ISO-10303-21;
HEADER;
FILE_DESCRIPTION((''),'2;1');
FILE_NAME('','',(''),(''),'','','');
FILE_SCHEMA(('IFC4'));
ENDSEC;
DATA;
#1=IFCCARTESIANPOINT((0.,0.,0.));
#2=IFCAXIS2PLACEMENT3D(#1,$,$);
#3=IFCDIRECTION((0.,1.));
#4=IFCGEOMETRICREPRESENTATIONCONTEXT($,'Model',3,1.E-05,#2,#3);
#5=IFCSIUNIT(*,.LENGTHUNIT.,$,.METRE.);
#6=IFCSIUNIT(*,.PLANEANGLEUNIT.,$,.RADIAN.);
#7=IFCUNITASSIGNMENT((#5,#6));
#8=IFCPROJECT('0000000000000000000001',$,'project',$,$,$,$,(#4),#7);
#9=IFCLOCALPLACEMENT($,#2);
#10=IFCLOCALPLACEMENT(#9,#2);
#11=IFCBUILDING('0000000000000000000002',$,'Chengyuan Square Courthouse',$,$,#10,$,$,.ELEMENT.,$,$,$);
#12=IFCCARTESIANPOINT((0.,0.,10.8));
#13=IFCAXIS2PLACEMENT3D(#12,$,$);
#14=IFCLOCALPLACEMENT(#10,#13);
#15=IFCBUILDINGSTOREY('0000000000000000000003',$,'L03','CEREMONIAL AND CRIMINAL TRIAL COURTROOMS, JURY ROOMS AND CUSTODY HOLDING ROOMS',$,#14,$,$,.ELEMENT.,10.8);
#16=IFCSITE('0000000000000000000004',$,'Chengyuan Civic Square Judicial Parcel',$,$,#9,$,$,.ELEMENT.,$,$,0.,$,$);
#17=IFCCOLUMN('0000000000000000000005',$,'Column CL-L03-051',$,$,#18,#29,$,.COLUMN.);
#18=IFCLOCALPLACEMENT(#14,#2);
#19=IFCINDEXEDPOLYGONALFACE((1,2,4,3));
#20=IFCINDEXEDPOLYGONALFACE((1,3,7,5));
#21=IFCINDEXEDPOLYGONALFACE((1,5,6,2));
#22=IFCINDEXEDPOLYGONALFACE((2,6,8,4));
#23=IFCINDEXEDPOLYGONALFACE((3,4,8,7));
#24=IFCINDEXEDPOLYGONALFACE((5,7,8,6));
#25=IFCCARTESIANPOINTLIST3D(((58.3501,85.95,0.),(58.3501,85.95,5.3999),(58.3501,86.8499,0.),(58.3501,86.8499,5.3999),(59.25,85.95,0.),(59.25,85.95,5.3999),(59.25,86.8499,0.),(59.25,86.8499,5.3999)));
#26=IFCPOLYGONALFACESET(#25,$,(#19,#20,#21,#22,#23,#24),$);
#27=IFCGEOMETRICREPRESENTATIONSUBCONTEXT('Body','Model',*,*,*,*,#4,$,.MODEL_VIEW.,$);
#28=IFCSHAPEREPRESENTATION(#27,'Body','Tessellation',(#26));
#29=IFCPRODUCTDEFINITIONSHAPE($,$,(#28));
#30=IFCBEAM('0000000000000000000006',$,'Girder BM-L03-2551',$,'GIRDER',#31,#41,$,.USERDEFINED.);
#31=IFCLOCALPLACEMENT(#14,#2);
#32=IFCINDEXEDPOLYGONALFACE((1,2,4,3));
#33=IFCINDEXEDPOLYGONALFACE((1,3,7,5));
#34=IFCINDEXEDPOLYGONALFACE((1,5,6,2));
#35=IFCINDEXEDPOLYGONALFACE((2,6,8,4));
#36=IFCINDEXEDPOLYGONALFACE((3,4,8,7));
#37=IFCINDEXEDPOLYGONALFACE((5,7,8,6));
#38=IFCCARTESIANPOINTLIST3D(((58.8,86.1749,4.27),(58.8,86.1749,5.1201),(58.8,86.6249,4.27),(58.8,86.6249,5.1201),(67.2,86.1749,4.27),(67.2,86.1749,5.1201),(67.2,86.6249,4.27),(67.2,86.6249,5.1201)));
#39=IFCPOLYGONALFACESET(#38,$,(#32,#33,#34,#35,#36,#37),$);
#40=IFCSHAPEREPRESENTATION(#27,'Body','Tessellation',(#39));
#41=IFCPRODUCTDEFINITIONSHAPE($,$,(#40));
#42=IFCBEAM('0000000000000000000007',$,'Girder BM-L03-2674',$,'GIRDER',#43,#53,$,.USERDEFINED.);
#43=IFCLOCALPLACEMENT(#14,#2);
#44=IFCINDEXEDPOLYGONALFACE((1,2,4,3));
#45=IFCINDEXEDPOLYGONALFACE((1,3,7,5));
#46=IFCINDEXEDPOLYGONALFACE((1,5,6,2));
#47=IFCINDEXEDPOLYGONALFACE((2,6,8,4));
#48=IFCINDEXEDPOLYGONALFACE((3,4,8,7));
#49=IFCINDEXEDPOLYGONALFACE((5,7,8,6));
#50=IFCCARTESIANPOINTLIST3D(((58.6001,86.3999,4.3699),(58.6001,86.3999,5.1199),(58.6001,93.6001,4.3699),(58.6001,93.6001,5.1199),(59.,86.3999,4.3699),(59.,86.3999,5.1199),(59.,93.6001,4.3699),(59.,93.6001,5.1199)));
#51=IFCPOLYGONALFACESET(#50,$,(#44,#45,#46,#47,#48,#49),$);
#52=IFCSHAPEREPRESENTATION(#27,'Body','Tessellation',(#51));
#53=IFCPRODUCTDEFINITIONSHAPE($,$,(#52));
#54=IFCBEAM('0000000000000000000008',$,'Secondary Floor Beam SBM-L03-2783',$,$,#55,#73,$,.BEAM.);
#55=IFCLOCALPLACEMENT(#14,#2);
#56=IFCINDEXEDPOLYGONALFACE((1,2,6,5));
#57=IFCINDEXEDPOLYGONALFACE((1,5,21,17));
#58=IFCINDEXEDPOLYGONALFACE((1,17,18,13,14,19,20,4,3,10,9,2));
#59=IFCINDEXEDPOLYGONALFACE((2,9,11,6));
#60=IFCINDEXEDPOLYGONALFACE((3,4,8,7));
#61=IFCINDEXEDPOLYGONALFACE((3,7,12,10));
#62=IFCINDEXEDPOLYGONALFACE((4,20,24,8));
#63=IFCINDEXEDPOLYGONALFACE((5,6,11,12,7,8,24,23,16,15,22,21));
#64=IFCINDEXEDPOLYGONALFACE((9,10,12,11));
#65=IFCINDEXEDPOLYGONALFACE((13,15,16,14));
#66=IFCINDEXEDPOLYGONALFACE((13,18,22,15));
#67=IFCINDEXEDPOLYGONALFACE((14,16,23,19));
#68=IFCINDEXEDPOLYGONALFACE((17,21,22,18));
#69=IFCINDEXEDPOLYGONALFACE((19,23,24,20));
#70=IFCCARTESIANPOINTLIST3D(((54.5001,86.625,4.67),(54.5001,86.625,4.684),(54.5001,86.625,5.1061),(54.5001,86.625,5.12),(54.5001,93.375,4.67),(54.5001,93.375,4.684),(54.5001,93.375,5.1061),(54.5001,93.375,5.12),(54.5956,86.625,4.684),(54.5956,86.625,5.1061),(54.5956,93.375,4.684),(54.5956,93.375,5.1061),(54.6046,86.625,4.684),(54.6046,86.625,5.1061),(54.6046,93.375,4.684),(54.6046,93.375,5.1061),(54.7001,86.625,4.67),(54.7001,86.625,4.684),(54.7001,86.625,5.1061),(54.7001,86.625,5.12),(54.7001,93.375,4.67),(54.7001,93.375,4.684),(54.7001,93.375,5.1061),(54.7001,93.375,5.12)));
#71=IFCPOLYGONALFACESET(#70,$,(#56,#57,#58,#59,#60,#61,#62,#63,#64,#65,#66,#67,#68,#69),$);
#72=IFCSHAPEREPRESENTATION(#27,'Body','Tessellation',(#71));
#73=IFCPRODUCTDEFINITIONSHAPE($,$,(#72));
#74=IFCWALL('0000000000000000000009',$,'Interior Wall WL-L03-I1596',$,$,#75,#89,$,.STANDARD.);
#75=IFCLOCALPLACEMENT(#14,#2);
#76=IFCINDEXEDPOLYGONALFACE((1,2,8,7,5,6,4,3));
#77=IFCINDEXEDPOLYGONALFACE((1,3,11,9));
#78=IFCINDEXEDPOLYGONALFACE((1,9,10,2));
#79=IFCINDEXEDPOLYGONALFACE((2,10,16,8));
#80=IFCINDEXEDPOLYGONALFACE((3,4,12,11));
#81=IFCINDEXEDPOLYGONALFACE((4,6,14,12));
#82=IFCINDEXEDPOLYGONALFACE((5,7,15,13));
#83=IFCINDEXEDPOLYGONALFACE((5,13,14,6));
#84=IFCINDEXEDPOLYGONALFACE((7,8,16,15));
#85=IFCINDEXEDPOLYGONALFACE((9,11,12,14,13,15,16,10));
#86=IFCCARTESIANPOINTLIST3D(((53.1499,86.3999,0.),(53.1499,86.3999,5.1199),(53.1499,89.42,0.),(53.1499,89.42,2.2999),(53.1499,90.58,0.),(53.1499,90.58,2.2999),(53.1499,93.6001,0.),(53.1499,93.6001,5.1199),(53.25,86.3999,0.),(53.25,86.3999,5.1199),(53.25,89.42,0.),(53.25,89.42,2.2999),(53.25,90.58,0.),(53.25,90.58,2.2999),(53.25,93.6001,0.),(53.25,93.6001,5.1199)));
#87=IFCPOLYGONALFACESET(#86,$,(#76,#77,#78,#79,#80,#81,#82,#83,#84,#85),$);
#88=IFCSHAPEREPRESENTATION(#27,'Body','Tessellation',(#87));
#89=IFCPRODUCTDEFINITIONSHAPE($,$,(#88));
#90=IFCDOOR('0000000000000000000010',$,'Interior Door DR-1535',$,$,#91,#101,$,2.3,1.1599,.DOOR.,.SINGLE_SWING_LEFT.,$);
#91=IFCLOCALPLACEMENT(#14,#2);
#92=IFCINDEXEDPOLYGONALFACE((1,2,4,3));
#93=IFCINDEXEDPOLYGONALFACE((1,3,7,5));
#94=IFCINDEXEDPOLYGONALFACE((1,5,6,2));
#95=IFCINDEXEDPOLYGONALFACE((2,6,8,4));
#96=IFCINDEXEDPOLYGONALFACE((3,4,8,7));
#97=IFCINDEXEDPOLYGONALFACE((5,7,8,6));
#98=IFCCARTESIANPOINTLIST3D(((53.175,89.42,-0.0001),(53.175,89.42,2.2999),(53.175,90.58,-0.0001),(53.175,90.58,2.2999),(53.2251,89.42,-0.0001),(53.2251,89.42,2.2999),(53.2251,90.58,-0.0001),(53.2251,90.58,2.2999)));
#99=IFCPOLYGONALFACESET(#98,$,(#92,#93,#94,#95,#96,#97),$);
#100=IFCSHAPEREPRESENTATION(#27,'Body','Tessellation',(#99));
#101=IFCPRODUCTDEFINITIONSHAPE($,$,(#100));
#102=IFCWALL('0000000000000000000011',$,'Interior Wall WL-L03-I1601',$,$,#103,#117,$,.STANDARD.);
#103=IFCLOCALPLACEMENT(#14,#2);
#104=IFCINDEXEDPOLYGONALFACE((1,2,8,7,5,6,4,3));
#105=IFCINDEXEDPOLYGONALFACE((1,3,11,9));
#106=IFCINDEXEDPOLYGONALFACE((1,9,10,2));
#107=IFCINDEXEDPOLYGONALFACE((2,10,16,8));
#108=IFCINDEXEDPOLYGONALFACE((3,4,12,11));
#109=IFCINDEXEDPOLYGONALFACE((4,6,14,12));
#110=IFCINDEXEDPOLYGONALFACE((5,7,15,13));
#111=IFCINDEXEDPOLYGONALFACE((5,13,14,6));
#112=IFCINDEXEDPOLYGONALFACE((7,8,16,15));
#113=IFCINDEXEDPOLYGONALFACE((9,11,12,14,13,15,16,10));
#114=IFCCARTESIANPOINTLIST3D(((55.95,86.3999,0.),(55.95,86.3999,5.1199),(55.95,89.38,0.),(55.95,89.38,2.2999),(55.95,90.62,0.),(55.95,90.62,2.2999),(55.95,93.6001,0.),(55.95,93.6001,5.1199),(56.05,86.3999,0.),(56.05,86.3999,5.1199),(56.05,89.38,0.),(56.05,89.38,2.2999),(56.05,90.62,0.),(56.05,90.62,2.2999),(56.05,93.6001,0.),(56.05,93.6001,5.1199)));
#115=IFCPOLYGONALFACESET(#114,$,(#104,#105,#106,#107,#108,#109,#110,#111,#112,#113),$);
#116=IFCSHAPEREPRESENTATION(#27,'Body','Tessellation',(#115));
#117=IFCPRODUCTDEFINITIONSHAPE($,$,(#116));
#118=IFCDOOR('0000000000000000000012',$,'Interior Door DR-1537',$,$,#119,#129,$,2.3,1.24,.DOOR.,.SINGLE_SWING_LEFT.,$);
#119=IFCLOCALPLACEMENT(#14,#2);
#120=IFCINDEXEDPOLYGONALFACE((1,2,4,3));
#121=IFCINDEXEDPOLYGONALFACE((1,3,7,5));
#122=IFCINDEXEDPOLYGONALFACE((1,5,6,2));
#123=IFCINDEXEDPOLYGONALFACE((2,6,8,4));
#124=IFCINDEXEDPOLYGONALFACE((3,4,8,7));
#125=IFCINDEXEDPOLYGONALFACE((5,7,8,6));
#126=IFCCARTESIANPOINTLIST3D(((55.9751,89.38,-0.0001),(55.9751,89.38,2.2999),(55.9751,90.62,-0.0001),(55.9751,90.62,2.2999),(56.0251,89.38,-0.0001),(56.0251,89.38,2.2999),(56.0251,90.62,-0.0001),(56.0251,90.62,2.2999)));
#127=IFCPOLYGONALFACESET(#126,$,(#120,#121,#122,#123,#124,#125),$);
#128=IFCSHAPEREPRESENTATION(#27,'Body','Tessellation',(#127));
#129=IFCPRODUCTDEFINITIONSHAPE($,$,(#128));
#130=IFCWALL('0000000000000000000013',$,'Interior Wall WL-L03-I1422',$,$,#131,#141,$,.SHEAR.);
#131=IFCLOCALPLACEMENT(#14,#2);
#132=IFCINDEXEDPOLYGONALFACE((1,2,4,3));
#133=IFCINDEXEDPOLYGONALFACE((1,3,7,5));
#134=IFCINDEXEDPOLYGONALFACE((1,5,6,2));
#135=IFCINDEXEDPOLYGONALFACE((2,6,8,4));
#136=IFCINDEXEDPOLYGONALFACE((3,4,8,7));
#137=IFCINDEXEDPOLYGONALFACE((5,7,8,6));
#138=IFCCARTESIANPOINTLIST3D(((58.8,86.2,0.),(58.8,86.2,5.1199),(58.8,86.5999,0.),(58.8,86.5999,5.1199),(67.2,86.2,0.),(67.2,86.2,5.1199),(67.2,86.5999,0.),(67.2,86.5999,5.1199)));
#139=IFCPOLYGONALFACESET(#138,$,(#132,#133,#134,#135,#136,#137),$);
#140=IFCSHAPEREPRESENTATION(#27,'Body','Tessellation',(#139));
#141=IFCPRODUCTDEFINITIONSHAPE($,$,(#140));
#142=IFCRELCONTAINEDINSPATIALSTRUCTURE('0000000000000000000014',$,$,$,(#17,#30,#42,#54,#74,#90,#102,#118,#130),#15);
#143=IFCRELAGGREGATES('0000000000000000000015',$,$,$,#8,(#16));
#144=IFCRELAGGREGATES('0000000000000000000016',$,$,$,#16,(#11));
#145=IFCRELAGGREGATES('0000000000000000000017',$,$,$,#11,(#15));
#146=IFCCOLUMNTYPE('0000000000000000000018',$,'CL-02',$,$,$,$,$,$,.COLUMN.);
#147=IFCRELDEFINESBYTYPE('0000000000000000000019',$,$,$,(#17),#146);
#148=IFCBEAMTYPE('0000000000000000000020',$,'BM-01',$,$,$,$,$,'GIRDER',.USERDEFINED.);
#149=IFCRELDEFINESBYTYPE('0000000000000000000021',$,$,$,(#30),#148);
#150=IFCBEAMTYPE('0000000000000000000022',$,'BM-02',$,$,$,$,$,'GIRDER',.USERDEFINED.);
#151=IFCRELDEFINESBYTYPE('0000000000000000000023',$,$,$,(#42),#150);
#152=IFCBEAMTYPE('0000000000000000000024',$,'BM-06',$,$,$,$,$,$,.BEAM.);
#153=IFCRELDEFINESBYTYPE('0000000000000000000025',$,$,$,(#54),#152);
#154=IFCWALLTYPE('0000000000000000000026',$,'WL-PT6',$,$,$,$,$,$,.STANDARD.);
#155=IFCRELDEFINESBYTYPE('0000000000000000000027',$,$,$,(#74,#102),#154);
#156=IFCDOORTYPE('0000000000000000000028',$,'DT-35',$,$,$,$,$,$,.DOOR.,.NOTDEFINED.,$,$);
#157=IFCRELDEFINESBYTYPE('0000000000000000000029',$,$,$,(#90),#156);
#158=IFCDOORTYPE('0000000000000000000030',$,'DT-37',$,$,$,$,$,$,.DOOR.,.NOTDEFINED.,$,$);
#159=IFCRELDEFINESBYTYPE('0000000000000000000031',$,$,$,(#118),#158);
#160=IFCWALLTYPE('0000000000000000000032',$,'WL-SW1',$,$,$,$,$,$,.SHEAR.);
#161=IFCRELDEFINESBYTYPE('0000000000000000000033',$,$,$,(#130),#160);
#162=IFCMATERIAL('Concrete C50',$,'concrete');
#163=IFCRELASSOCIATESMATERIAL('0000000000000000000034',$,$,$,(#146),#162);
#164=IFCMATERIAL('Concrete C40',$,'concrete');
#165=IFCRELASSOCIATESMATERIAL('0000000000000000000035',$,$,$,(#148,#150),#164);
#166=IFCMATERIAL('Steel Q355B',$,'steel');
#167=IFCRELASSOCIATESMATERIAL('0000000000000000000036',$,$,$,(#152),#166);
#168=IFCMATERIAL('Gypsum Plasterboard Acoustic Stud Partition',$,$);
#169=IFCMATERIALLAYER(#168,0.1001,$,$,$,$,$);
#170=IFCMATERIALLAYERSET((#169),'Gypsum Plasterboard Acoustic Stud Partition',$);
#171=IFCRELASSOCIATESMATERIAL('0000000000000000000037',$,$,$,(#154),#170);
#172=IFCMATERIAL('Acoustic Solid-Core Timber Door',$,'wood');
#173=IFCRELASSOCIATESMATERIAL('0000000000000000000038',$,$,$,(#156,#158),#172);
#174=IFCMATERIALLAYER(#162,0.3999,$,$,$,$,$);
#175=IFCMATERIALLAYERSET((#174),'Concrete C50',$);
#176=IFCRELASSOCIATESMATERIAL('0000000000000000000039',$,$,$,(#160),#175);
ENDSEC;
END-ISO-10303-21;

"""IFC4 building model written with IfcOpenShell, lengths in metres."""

from ifc_helpers import new_model, si_unit, direction, frame, frame_2d, origin, origin_2d, place, context, subcontext, project, spatial, rectangle, i_section, extrude, material, layer, layer_set, material_profile, profile_set, type_object, element, fill, save


model = new_model("IFC4")

# Units and contexts
model_context = context("Model", 3, precision=1e-05, world=origin(), true_north=direction((0.0, 1.0)))
body_context = subcontext(model_context, "Body", "Model", "MODEL_VIEW")
ifc_project = project(units=[si_unit("LENGTHUNIT", "METRE"), si_unit("PLANEANGLEUNIT", "RADIAN")], contexts=[model_context])

# Site, building, storey
site_placement = place(None, origin())
site = spatial("IfcSite", under=ifc_project, at=site_placement, Name="Chengyuan Civic Square Judicial Parcel", CompositionType="ELEMENT", RefElevation=0.0)
building_placement = place(site_placement, origin())
building = spatial("IfcBuilding", under=site, at=building_placement, Name="Chengyuan Square Courthouse", CompositionType="ELEMENT")
storey_placement = place(building_placement, frame((0.0, 0.0, 10.8)))
storey = spatial("IfcBuildingStorey", under=building, at=storey_placement, Name="L03", Description="CEREMONIAL AND CRIMINAL TRIAL COURTROOMS, JURY ROOMS AND CUSTODY HOLDING ROOMS", CompositionType="ELEMENT", Elevation=10.8)

# Column
ifc_material_1 = material(Name="Concrete C50", Category="concrete")
ifc_material_profile_1 = material_profile(ifc_material_1, rectangle(XDim=0.8999, YDim=0.8999, at=origin_2d()), Name="RC-COL-900x900")
ifc_profile_set_1 = profile_set([ifc_material_profile_1], Name="Concrete C50")
column_type = type_object("IfcColumnType", Name="CL-02", PredefinedType="COLUMN", material=ifc_profile_set_1)
column_placement = place(storey_placement, frame((58.8, 86.3999, 0.0), z_axis=(0.0, 0.0, 1.0), x_axis=(1.0, 0.0, 0.0)))
element("IfcColumn", 1, at=column_placement, inside=storey, type_object=column_type, Name="Column CL-L03-051", PredefinedType="COLUMN", context=body_context, shape_type="SweptSolid", body=[
    extrude(rectangle(XDim=0.8999, YDim=0.8999, at=origin_2d()), origin(), (0.0, 0.0, 1.0), 5.3999),
])

# Beams
ifc_material_2 = material(Name="Concrete C40", Category="concrete")
ifc_material_profile_2 = material_profile(ifc_material_2, rectangle(XDim=0.45, YDim=0.8501, at=origin_2d()), Name="RC-BM-450x850")
ifc_profile_set_2 = profile_set([ifc_material_profile_2], Name="Concrete C40")
beam_type_1 = type_object("IfcBeamType", Name="BM-01", ElementType="GIRDER", PredefinedType="USERDEFINED", material=ifc_profile_set_2)
beam_1_placement = place(storey_placement, frame((58.8, 86.3999, 4.6951), z_axis=(1.0, 0.0, 0.0), x_axis=(0.0, 1.0, 0.0)))
element("IfcBeam", 2, at=beam_1_placement, inside=storey, type_object=beam_type_1, Name="Girder BM-L03-2551", ObjectType="GIRDER", PredefinedType="USERDEFINED", context=body_context, shape_type="SweptSolid", body=[
    extrude(rectangle(XDim=0.45, YDim=0.8501, at=origin_2d()), origin(), (0.0, 0.0, 1.0), 8.3999),
])
ifc_material_profile_3 = material_profile(ifc_material_2, rectangle(XDim=0.3999, YDim=0.75, at=origin_2d()), Name="RC-BM-400x750")
ifc_profile_set_3 = profile_set([ifc_material_profile_3], Name="Concrete C40")
beam_type_2 = type_object("IfcBeamType", Name="BM-02", ElementType="GIRDER", PredefinedType="USERDEFINED", material=ifc_profile_set_3)
beam_2_placement = place(storey_placement, frame((58.8, 86.3999, 4.7449), z_axis=(0.0, 1.0, 0.0), x_axis=(-1.0, 0.0, 0.0)))
element("IfcBeam", 3, at=beam_2_placement, inside=storey, type_object=beam_type_2, Name="Girder BM-L03-2674", ObjectType="GIRDER", PredefinedType="USERDEFINED", context=body_context, shape_type="SweptSolid", body=[
    extrude(rectangle(XDim=0.3999, YDim=0.75, at=origin_2d()), origin(), (0.0, 0.0, 1.0), 7.2002),
])
ifc_material_3 = material(Name="Steel Q355B", Category="steel")
ifc_material_profile_4 = material_profile(ifc_material_3, i_section(OverallWidth=0.2, OverallDepth=0.45, WebThickness=0.009, FlangeThickness=0.0139, at=origin_2d()), Name="HN 450x200x9x14")
ifc_profile_set_4 = profile_set([ifc_material_profile_4], Name="Steel Q355B")
beam_type_3 = type_object("IfcBeamType", Name="BM-06", PredefinedType="BEAM", material=ifc_profile_set_4)
beam_3_placement = place(storey_placement, frame((54.6001, 86.625, 4.895), z_axis=(0.0, 1.0, 0.0), x_axis=(-1.0, 0.0, 0.0)))
element("IfcBeam", 4, at=beam_3_placement, inside=storey, type_object=beam_type_3, Name="Secondary Floor Beam SBM-L03-2783", PredefinedType="BEAM", context=body_context, shape_type="SweptSolid", body=[
    extrude(i_section(OverallWidth=0.2, OverallDepth=0.45, WebThickness=0.009, FlangeThickness=0.0139, at=origin_2d()), origin(), (0.0, 0.0, 1.0), 6.75),
])

# Walls, openings, doors
ifc_material_4 = material(Name="Gypsum Plasterboard Acoustic Stud Partition")
ifc_layer_1 = layer(ifc_material_4, 0.1001)
ifc_layer_set_1 = layer_set([ifc_layer_1], Name="Gypsum Plasterboard Acoustic Stud Partition")
wall_type_1 = type_object("IfcWallType", Name="WL-PT6", PredefinedType="STANDARD", material=ifc_layer_set_1)
wall_1_placement = place(storey_placement, frame((53.2, 86.3999, 0.0), z_axis=(0.0, 0.0, 1.0), x_axis=(0.0, 1.0, 0.0)))
wall_1 = element("IfcWall", 5, at=wall_1_placement, inside=storey, type_object=wall_type_1, Name="Interior Wall WL-L03-I1596", PredefinedType="STANDARD", context=body_context, shape_type="SweptSolid", body=[
    extrude(rectangle(XDim=7.2002, YDim=0.1001, at=frame_2d((3.6001, 0.0))), origin(), (0.0, 0.0, 1.0), 5.1199),
])
opening_1_placement = place(wall_1_placement, frame((3.02, 0.0, 0.0)))
opening_1 = element("IfcOpeningElement", 6, at=opening_1_placement, cuts=wall_1, PredefinedType="OPENING", context=body_context, shape_type="SweptSolid", body=[
    extrude(rectangle(XDim=1.1599, YDim=2.3, at=frame_2d((0.5801, 1.1499))), frame((0.0, 0.062, 0.0), z_axis=(0.0, -1.0, 0.0), x_axis=(1.0, 0.0, 0.0)), (0.0, 0.0, 1.0), 0.124),
])
ifc_material_5 = material(Name="Acoustic Solid-Core Timber Door", Category="wood")
door_type_1 = type_object("IfcDoorType", Name="DT-35", OperationType="NOTDEFINED", PredefinedType="DOOR", material=ifc_material_5)
door_1_placement = place(opening_1_placement, origin())
door_1 = element("IfcDoor", 7, at=door_1_placement, inside=storey, type_object=door_type_1, Name="Interior Door DR-1535", OperationType="SINGLE_SWING_LEFT", OverallHeight=2.3, OverallWidth=1.1599, PredefinedType="DOOR", context=body_context, shape_type="SweptSolid", body=[
    extrude(rectangle(XDim=1.1599, YDim=2.3, at=frame_2d((0.5801, 1.1499))), frame((0.0, 0.0249, 0.0), z_axis=(0.0, -1.0, 0.0), x_axis=(1.0, 0.0, 0.0)), (0.0, 0.0, 1.0), 0.05),
])
fill(opening_1, door_1)
wall_2_placement = place(storey_placement, frame((56.0, 86.3999, 0.0), z_axis=(0.0, 0.0, 1.0), x_axis=(0.0, 1.0, 0.0)))
wall_2 = element("IfcWall", 8, at=wall_2_placement, inside=storey, type_object=wall_type_1, Name="Interior Wall WL-L03-I1601", PredefinedType="STANDARD", context=body_context, shape_type="SweptSolid", body=[
    extrude(rectangle(XDim=7.2002, YDim=0.1001, at=frame_2d((3.6001, 0.0))), origin(), (0.0, 0.0, 1.0), 5.1199),
])
opening_2_placement = place(wall_2_placement, frame((2.98, 0.0, 0.0)))
opening_2 = element("IfcOpeningElement", 9, at=opening_2_placement, cuts=wall_2, PredefinedType="OPENING", context=body_context, shape_type="SweptSolid", body=[
    extrude(rectangle(XDim=1.24, YDim=2.3, at=frame_2d((0.6201, 1.1499))), frame((0.0, 0.062, 0.0), z_axis=(0.0, -1.0, 0.0), x_axis=(1.0, 0.0, 0.0)), (0.0, 0.0, 1.0), 0.124),
])
door_type_2 = type_object("IfcDoorType", Name="DT-37", OperationType="NOTDEFINED", PredefinedType="DOOR", material=ifc_material_5)
door_2_placement = place(opening_2_placement, origin())
door_2 = element("IfcDoor", 10, at=door_2_placement, inside=storey, type_object=door_type_2, Name="Interior Door DR-1537", OperationType="SINGLE_SWING_LEFT", OverallHeight=2.3, OverallWidth=1.24, PredefinedType="DOOR", context=body_context, shape_type="SweptSolid", body=[
    extrude(rectangle(XDim=1.24, YDim=2.3, at=frame_2d((0.6201, 1.1499))), frame((0.0, 0.0249, 0.0), z_axis=(0.0, -1.0, 0.0), x_axis=(1.0, 0.0, 0.0)), (0.0, 0.0, 1.0), 0.05),
])
fill(opening_2, door_2)

# Wall
ifc_layer_2 = layer(ifc_material_1, 0.3999)
ifc_layer_set_2 = layer_set([ifc_layer_2], Name="Concrete C50")
wall_type_2 = type_object("IfcWallType", Name="WL-SW1", PredefinedType="SHEAR", material=ifc_layer_set_2)
wall_3_placement = place(storey_placement, frame((58.8, 86.3999, 0.0), z_axis=(0.0, 0.0, 1.0), x_axis=(1.0, 0.0, 0.0)))
element("IfcWall", 11, at=wall_3_placement, inside=storey, type_object=wall_type_2, Name="Interior Wall WL-L03-I1422", PredefinedType="SHEAR", context=body_context, shape_type="SweptSolid", body=[
    extrude(rectangle(XDim=8.3999, YDim=0.3999, at=frame_2d((4.2, 0.0))), origin(), (0.0, 0.0, 1.0), 5.1199),
])

save(model, "model.ifc")
